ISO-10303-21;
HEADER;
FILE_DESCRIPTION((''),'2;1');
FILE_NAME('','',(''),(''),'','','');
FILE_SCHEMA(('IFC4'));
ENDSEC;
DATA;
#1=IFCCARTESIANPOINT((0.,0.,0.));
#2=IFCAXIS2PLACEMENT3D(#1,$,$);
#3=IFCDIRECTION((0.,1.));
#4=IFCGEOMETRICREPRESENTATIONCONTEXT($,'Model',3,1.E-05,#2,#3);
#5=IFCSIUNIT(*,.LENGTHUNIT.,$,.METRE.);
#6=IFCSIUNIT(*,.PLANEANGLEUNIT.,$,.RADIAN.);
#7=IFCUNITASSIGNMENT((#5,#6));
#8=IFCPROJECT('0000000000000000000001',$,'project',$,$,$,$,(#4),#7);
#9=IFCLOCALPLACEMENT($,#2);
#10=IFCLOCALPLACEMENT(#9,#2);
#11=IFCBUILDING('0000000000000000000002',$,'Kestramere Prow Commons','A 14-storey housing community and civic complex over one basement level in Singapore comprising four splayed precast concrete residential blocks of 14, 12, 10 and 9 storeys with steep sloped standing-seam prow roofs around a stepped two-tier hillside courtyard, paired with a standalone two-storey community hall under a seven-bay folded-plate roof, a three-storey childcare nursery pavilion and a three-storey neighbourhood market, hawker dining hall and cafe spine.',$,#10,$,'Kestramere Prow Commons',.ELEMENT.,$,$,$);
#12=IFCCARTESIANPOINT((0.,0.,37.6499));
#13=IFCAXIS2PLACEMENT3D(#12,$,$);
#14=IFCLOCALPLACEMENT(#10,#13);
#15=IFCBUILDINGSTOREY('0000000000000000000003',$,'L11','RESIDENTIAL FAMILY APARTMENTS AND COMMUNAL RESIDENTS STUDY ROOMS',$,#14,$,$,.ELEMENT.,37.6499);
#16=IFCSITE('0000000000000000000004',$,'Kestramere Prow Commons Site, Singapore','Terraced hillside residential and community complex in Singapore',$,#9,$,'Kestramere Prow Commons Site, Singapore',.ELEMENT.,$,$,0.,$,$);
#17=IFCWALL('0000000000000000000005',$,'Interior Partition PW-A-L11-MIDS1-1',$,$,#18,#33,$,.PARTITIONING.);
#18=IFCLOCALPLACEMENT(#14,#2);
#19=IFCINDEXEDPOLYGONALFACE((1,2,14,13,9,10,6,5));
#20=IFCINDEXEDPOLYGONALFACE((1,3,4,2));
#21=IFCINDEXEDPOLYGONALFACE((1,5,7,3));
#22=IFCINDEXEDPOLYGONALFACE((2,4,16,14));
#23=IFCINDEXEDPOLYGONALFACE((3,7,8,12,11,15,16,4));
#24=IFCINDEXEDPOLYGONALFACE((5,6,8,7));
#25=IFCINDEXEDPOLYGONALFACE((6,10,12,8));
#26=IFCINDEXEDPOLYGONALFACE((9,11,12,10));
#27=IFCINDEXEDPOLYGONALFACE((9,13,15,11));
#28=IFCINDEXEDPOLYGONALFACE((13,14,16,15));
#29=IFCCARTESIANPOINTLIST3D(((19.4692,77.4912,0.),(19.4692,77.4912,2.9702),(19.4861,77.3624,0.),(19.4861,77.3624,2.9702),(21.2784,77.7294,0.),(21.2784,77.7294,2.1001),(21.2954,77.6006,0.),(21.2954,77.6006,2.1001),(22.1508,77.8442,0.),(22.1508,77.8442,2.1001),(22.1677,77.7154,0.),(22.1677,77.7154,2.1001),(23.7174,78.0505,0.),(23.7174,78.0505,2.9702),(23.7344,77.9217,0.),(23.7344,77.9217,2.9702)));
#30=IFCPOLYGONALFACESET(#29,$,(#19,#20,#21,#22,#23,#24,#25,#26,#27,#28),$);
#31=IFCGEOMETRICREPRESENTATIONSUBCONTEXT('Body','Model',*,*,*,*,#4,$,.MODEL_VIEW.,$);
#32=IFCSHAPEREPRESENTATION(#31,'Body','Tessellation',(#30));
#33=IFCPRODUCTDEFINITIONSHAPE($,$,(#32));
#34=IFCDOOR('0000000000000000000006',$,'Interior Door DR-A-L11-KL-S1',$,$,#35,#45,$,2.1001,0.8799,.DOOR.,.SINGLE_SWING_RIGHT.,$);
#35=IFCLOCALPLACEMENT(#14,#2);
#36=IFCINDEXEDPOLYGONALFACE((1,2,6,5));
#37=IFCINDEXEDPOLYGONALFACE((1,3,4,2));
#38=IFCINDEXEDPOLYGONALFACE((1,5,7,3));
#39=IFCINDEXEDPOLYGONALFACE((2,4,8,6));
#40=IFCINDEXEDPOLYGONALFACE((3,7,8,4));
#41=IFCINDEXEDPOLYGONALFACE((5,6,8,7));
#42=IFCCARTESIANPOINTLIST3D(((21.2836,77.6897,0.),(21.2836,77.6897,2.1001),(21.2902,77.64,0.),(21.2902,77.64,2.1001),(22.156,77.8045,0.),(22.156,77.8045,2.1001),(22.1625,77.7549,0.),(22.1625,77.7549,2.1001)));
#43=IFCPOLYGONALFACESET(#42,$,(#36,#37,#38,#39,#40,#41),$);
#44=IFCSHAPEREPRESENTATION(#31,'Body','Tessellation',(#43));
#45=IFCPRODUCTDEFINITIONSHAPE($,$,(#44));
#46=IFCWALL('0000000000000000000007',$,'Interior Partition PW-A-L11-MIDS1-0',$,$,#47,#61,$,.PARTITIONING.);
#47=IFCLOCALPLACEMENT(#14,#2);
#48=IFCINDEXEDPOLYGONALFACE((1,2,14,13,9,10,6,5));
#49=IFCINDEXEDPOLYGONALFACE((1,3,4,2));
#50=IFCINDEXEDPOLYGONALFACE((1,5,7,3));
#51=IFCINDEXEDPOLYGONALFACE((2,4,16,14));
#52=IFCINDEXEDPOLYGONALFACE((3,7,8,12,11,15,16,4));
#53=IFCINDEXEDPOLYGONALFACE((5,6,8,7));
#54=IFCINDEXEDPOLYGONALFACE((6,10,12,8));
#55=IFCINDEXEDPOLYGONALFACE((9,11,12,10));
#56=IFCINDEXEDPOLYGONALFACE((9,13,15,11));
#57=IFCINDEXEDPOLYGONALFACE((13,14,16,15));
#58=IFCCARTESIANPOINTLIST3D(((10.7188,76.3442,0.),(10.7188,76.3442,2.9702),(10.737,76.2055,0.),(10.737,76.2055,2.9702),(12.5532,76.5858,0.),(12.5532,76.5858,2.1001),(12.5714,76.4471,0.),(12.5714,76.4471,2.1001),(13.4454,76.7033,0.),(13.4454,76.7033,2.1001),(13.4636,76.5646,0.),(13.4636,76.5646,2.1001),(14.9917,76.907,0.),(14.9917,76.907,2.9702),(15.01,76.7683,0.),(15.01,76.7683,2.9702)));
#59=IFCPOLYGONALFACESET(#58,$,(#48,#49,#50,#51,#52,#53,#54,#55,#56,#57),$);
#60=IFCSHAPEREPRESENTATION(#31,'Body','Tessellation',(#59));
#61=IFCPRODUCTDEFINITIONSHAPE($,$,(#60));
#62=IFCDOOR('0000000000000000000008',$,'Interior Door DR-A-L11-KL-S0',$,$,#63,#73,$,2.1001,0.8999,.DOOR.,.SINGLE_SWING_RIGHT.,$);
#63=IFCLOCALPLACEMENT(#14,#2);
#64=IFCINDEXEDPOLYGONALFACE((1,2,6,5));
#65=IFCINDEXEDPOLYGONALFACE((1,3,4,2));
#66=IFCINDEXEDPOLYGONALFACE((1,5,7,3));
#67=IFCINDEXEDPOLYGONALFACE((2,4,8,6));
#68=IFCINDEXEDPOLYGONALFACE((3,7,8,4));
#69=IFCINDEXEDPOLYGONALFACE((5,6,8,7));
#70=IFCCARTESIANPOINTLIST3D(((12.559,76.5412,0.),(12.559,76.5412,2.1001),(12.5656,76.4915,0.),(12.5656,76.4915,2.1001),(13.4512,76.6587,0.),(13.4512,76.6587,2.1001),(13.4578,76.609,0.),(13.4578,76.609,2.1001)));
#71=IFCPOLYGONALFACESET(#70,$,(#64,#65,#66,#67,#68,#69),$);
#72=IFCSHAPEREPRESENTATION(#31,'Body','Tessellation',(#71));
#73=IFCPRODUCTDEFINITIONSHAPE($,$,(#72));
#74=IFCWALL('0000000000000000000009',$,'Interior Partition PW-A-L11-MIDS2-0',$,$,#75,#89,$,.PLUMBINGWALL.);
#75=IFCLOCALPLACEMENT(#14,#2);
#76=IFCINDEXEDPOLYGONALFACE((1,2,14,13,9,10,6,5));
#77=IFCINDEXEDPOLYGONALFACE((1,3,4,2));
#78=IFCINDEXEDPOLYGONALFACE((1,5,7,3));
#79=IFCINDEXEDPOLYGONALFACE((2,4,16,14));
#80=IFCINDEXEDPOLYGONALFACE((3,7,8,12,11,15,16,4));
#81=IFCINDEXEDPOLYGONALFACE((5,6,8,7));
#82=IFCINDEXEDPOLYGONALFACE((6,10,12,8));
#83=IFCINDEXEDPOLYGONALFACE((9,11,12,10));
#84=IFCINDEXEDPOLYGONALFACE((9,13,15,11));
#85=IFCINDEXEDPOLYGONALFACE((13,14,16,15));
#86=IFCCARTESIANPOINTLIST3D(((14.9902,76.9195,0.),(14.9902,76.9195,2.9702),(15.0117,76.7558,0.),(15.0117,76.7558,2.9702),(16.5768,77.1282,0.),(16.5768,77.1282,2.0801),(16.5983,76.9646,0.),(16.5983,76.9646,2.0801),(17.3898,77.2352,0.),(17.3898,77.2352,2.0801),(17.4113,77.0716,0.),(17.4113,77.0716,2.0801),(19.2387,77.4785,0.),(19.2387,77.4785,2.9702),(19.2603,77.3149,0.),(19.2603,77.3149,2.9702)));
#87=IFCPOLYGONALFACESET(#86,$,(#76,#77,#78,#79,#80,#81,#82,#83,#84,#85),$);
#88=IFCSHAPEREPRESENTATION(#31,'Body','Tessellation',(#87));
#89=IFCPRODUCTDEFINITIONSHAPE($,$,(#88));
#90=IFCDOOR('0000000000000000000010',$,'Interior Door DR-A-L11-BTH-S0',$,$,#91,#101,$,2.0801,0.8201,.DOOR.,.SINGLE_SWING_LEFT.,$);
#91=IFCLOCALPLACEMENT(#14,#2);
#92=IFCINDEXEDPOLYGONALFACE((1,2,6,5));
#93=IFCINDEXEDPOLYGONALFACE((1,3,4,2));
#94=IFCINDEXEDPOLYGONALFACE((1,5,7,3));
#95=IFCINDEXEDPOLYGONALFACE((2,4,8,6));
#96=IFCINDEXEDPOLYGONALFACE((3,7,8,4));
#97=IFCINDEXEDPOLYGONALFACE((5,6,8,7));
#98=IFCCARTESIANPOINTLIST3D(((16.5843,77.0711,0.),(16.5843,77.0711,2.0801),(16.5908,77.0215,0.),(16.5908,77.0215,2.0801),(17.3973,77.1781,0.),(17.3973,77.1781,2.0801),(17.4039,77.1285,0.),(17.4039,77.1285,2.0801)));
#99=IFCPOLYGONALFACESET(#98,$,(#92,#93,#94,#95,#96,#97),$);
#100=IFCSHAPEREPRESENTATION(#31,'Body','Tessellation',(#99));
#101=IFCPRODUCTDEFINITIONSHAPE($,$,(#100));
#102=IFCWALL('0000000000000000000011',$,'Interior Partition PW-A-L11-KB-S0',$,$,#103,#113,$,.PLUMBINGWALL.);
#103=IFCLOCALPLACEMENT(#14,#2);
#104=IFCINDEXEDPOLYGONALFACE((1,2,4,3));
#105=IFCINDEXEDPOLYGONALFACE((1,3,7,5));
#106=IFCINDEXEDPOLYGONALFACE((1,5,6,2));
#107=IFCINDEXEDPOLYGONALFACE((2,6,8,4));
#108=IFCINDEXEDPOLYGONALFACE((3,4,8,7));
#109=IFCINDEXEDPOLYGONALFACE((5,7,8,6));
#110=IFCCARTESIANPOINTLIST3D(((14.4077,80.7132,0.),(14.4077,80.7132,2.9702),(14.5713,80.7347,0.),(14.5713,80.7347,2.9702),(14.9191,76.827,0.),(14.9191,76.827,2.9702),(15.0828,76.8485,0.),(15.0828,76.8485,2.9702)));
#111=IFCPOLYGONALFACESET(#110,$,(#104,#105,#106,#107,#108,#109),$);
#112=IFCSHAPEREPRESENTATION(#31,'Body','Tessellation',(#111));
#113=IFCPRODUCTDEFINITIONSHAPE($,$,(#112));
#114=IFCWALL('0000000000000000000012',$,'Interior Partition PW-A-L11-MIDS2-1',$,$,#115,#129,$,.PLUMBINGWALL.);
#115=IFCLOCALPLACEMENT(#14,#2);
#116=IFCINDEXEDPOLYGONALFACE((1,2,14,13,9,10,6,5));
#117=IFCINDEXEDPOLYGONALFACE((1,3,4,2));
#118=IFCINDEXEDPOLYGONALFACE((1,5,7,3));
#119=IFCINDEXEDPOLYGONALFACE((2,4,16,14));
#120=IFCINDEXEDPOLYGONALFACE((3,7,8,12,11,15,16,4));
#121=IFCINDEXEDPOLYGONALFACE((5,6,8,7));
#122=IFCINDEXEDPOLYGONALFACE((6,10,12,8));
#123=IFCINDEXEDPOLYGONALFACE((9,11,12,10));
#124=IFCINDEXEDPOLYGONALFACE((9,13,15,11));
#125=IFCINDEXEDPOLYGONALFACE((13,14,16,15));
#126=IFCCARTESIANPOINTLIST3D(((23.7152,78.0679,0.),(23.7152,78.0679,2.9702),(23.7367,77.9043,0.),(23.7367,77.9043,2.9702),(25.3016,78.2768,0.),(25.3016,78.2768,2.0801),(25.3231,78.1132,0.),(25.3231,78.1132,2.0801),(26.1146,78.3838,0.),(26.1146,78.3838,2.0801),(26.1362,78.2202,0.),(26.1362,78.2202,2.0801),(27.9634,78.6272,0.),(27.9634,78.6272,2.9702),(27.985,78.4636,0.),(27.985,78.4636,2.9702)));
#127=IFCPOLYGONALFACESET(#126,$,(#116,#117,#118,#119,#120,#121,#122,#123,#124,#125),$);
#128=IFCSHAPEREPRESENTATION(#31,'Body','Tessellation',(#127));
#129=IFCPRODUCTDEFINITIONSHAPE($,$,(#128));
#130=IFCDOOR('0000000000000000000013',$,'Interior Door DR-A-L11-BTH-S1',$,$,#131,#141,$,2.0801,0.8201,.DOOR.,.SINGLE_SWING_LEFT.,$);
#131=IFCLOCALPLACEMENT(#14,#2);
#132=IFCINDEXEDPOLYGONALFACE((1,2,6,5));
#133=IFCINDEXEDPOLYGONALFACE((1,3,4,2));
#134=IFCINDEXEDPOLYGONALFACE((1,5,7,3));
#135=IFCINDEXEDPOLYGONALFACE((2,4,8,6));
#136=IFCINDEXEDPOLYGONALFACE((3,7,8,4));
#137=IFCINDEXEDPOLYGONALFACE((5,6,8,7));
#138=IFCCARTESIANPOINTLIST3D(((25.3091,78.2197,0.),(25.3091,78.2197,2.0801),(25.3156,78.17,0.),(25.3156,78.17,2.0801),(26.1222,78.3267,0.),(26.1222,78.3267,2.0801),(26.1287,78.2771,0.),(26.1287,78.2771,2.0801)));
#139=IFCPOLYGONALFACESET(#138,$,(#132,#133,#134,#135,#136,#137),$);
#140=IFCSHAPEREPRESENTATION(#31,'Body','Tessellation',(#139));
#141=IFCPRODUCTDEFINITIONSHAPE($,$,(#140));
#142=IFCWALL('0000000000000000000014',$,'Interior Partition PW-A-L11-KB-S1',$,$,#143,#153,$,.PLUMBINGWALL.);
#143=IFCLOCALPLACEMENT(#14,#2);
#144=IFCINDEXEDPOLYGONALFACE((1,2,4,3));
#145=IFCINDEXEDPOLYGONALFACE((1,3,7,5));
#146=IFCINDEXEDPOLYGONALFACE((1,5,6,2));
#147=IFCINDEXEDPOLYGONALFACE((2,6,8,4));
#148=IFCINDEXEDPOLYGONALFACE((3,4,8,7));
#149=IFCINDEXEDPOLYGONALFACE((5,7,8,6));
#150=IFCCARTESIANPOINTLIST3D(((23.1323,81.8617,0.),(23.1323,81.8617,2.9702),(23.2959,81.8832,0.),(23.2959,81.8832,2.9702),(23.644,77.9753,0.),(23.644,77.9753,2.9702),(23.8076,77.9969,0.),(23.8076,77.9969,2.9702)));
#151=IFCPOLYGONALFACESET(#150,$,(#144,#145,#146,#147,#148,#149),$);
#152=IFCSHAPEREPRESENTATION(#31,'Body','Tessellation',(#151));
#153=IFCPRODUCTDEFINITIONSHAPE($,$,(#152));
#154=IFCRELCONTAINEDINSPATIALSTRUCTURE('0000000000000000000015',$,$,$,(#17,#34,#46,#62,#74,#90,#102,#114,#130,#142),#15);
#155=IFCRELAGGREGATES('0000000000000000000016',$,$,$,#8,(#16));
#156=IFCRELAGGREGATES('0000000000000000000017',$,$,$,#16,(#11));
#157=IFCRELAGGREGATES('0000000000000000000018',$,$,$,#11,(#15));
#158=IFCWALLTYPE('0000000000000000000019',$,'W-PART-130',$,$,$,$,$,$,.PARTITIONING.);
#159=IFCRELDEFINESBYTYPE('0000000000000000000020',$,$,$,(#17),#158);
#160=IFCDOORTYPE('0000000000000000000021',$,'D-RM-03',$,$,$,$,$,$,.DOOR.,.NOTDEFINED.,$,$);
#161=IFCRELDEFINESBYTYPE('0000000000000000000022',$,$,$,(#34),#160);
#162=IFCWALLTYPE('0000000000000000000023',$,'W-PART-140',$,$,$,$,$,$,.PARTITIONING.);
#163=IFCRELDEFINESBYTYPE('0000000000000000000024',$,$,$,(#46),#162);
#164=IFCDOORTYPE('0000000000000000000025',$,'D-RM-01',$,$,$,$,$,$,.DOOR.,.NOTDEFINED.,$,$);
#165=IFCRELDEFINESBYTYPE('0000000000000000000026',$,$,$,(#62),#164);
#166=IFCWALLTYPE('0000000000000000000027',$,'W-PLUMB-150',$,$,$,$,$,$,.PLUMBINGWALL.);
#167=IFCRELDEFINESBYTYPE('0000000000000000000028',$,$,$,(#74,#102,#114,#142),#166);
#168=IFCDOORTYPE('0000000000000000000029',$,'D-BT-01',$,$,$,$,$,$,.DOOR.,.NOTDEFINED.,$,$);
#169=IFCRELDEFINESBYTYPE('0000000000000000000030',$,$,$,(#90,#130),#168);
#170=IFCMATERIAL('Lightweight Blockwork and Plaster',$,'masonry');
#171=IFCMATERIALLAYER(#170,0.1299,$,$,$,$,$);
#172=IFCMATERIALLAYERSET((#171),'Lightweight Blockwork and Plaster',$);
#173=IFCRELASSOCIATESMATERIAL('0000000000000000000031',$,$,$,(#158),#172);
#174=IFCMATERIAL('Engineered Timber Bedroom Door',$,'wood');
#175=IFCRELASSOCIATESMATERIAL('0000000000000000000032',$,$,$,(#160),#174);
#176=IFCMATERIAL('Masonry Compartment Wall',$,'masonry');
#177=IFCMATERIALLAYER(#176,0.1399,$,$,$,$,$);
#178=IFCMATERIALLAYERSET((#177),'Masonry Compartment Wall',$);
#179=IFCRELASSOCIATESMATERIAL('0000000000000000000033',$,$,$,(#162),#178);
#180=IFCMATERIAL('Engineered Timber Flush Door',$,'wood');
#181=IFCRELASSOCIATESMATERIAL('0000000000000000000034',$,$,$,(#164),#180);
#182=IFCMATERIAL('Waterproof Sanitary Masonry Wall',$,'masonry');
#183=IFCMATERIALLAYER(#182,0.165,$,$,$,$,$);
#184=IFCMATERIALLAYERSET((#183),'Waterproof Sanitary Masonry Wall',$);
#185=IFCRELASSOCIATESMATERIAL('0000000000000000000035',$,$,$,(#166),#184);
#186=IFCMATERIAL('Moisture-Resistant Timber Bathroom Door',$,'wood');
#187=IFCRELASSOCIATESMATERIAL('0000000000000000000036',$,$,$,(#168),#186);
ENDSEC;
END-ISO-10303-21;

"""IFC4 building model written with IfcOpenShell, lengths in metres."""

from ifc_helpers import new_model, si_unit, direction, frame, frame_2d, origin, place, context, subcontext, project, spatial, rectangle, extrude, material, layer, layer_set, type_object, element, fill, save


model = new_model("IFC4")

# Units and contexts
model_context = context("Model", 3, precision=1e-05, world=origin(), true_north=direction((0.0, 1.0)))
body_context = subcontext(model_context, "Body", "Model", "MODEL_VIEW")
ifc_project = project(units=[si_unit("LENGTHUNIT", "METRE"), si_unit("PLANEANGLEUNIT", "RADIAN")], contexts=[model_context])

# Site, building, storey
site_placement = place(None, origin())
site = spatial("IfcSite", under=ifc_project, at=site_placement, Name="Kestramere Prow Commons Site, Singapore", Description="Terraced hillside residential and community complex in Singapore", LongName="Kestramere Prow Commons Site, Singapore", CompositionType="ELEMENT", RefElevation=0.0)
building_placement = place(site_placement, origin())
building = spatial("IfcBuilding", under=site, at=building_placement, Name="Kestramere Prow Commons", Description="A 14-storey housing community and civic complex over one basement level in Singapore comprising four splayed precast concrete residential blocks of 14, 12, 10 and 9 storeys with steep sloped standing-seam prow roofs around a stepped two-tier hillside courtyard, paired with a standalone two-storey community hall under a seven-bay folded-plate roof, a three-storey childcare nursery pavilion and a three-storey neighbourhood market, hawker dining hall and cafe spine.", LongName="Kestramere Prow Commons", CompositionType="ELEMENT")
storey_placement = place(building_placement, frame((0.0, 0.0, 37.6499)))
storey = spatial("IfcBuildingStorey", under=building, at=storey_placement, Name="L11", Description="RESIDENTIAL FAMILY APARTMENTS AND COMMUNAL RESIDENTS STUDY ROOMS", CompositionType="ELEMENT", Elevation=37.6499)

# Walls, openings, doors
ifc_material_1 = material(Name="Lightweight Blockwork and Plaster", Category="masonry")
ifc_layer_1 = layer(ifc_material_1, 0.1299)
ifc_layer_set_1 = layer_set([ifc_layer_1], Name="Lightweight Blockwork and Plaster")
wall_type_1 = type_object("IfcWallType", Name="W-PART-130", PredefinedType="PARTITIONING", material=ifc_layer_set_1)
wall_1_placement = place(storey_placement, frame((19.4775, 77.4268, 0.0), z_axis=(0.0, 0.0, 1.0), x_axis=(0.991444, 0.130533, 0.0)))
wall_1 = element("IfcWall", 1, at=wall_1_placement, inside=storey, type_object=wall_type_1, Name="Interior Partition PW-A-L11-MIDS1-1", PredefinedType="PARTITIONING", context=body_context, shape_type="SweptSolid", body=[
    extrude(rectangle(XDim=4.2849, YDim=0.1299, at=frame_2d((2.1426, 0.0))), origin(), (0.0, 0.0, 1.0), 2.9702),
])
opening_1_placement = place(wall_1_placement, frame((1.825, 0.0, 0.0)))
opening_1 = element("IfcOpeningElement", 2, at=opening_1_placement, cuts=wall_1, PredefinedType="OPENING", context=body_context, shape_type="SweptSolid", body=[
    extrude(rectangle(XDim=0.8799, YDim=2.1001, at=frame_2d((0.4399, 1.05))), frame((0.0, 0.0798, 0.0), z_axis=(0.0, -1.0, 0.0), x_axis=(1.0, 0.0, 0.0)), (0.0, 0.0, 1.0), 0.1599),
])
ifc_material_2 = material(Name="Engineered Timber Bedroom Door", Category="wood")
door_type_1 = type_object("IfcDoorType", Name="D-RM-03", OperationType="NOTDEFINED", PredefinedType="DOOR", material=ifc_material_2)
door_1_placement = place(opening_1_placement, origin())
door_1 = element("IfcDoor", 3, at=door_1_placement, inside=storey, type_object=door_type_1, Name="Interior Door DR-A-L11-KL-S1", OperationType="SINGLE_SWING_RIGHT", OverallHeight=2.1001, OverallWidth=0.8799, PredefinedType="DOOR", context=body_context, shape_type="SweptSolid", body=[
    extrude(rectangle(XDim=0.8799, YDim=2.1001, at=frame_2d((0.4399, 1.05))), frame((0.0, 0.0249, 0.0), z_axis=(0.0, -1.0, 0.0), x_axis=(1.0, 0.0, 0.0)), (0.0, 0.0, 1.0), 0.05),
])
fill(opening_1, door_1)
ifc_material_3 = material(Name="Masonry Compartment Wall", Category="masonry")
ifc_layer_2 = layer(ifc_material_3, 0.1399)
ifc_layer_set_2 = layer_set([ifc_layer_2], Name="Masonry Compartment Wall")
wall_type_2 = type_object("IfcWallType", Name="W-PART-140", PredefinedType="PARTITIONING", material=ifc_layer_set_2)
wall_2_placement = place(storey_placement, frame((10.728, 76.2749, 0.0), z_axis=(0.0, 0.0, 1.0), x_axis=(0.991439, 0.130572, 0.0)))
wall_2 = element("IfcWall", 4, at=wall_2_placement, inside=storey, type_object=wall_type_2, Name="Interior Partition PW-A-L11-MIDS1-0", PredefinedType="PARTITIONING", context=body_context, shape_type="SweptSolid", body=[
    extrude(rectangle(XDim=4.3098, YDim=0.1399, at=frame_2d((2.1548, 0.0))), origin(), (0.0, 0.0, 1.0), 2.9702),
])
opening_2_placement = place(wall_2_placement, frame((1.8501, 0.0, 0.0)))
opening_2 = element("IfcOpeningElement", 5, at=opening_2_placement, cuts=wall_2, PredefinedType="OPENING", context=body_context, shape_type="SweptSolid", body=[
    extrude(rectangle(XDim=0.8999, YDim=2.1001, at=frame_2d((0.45, 1.05))), frame((0.0, 0.085, 0.0), z_axis=(0.0, -1.0, 0.0), x_axis=(1.0, 0.0, 0.0)), (0.0, 0.0, 1.0), 0.1699),
])
ifc_material_4 = material(Name="Engineered Timber Flush Door", Category="wood")
door_type_2 = type_object("IfcDoorType", Name="D-RM-01", OperationType="NOTDEFINED", PredefinedType="DOOR", material=ifc_material_4)
door_2_placement = place(opening_2_placement, origin())
door_2 = element("IfcDoor", 6, at=door_2_placement, inside=storey, type_object=door_type_2, Name="Interior Door DR-A-L11-KL-S0", OperationType="SINGLE_SWING_RIGHT", OverallHeight=2.1001, OverallWidth=0.8999, PredefinedType="DOOR", context=body_context, shape_type="SweptSolid", body=[
    extrude(rectangle(XDim=0.8999, YDim=2.1001, at=frame_2d((0.45, 1.05))), frame((0.0, 0.0249, 0.0), z_axis=(0.0, -1.0, 0.0), x_axis=(1.0, 0.0, 0.0)), (0.0, 0.0, 1.0), 0.05),
])
fill(opening_2, door_2)
ifc_material_5 = material(Name="Waterproof Sanitary Masonry Wall", Category="masonry")
ifc_layer_3 = layer(ifc_material_5, 0.165)
ifc_layer_set_3 = layer_set([ifc_layer_3], Name="Waterproof Sanitary Masonry Wall")
wall_type_3 = type_object("IfcWallType", Name="W-PLUMB-150", PredefinedType="PLUMBINGWALL", material=ifc_layer_set_3)
wall_3_placement = place(storey_placement, frame((15.001, 76.8376, 0.0), z_axis=(0.0, 0.0, 1.0), x_axis=(0.991452, 0.130469, 0.0)))
wall_3 = element("IfcWall", 7, at=wall_3_placement, inside=storey, type_object=wall_type_3, Name="Interior Partition PW-A-L11-MIDS2-0", PredefinedType="PLUMBINGWALL", context=body_context, shape_type="SweptSolid", body=[
    extrude(rectangle(XDim=4.2852, YDim=0.165, at=frame_2d((2.1426, 0.0))), origin(), (0.0, 0.0, 1.0), 2.9702),
])
opening_3_placement = place(wall_3_placement, frame((1.6001, 0.0, 0.0)))
opening_3 = element("IfcOpeningElement", 8, at=opening_3_placement, cuts=wall_3, PredefinedType="OPENING", context=body_context, shape_type="SweptSolid", body=[
    extrude(rectangle(XDim=0.8201, YDim=2.0801, at=frame_2d((0.4102, 1.04))), frame((0.0, 0.0974, 0.0), z_axis=(0.0, -1.0, 0.0), x_axis=(1.0, 0.0, 0.0)), (0.0, 0.0, 1.0), 0.1951),
])
ifc_material_6 = material(Name="Moisture-Resistant Timber Bathroom Door", Category="wood")
door_type_3 = type_object("IfcDoorType", Name="D-BT-01", OperationType="NOTDEFINED", PredefinedType="DOOR", material=ifc_material_6)
door_3_placement = place(opening_3_placement, origin())
door_3 = element("IfcDoor", 9, at=door_3_placement, inside=storey, type_object=door_type_3, Name="Interior Door DR-A-L11-BTH-S0", OperationType="SINGLE_SWING_LEFT", OverallHeight=2.0801, OverallWidth=0.8201, PredefinedType="DOOR", context=body_context, shape_type="SweptSolid", body=[
    extrude(rectangle(XDim=0.8201, YDim=2.0801, at=frame_2d((0.4102, 1.04))), frame((0.0, 0.0249, 0.0), z_axis=(0.0, -1.0, 0.0), x_axis=(1.0, 0.0, 0.0)), (0.0, 0.0, 1.0), 0.05),
])
fill(opening_3, door_3)

# Wall
wall_4_placement = place(storey_placement, frame((15.001, 76.8376, 0.0), z_axis=(0.0, 0.0, 1.0), x_axis=(-0.130487, 0.99145, 0.0)))
element("IfcWall", 10, at=wall_4_placement, inside=storey, type_object=wall_type_3, Name="Interior Partition PW-A-L11-KB-S0", PredefinedType="PLUMBINGWALL", context=body_context, shape_type="SweptSolid", body=[
    extrude(rectangle(XDim=3.9197, YDim=0.165, at=frame_2d((1.96, 0.0))), origin(), (0.0, 0.0, 1.0), 2.9702),
])

# Wall, opening, door
wall_5_placement = place(storey_placement, frame((23.7258, 77.9861, 0.0), z_axis=(0.0, 0.0, 1.0), x_axis=(0.991444, 0.130533, 0.0)))
wall_5 = element("IfcWall", 11, at=wall_5_placement, inside=storey, type_object=wall_type_3, Name="Interior Partition PW-A-L11-MIDS2-1", PredefinedType="PLUMBINGWALL", context=body_context, shape_type="SweptSolid", body=[
    extrude(rectangle(XDim=4.2849, YDim=0.165, at=frame_2d((2.1426, 0.0))), origin(), (0.0, 0.0, 1.0), 2.9702),
])
opening_4_placement = place(wall_5_placement, frame((1.6001, 0.0, 0.0)))
opening_4 = element("IfcOpeningElement", 12, at=opening_4_placement, cuts=wall_5, PredefinedType="OPENING", context=body_context, shape_type="SweptSolid", body=[
    extrude(rectangle(XDim=0.8201, YDim=2.0801, at=frame_2d((0.4102, 1.04))), frame((0.0, 0.0974, 0.0), z_axis=(0.0, -1.0, 0.0), x_axis=(1.0, 0.0, 0.0)), (0.0, 0.0, 1.0), 0.1951),
])
door_4_placement = place(opening_4_placement, origin())
door_4 = element("IfcDoor", 13, at=door_4_placement, inside=storey, type_object=door_type_3, Name="Interior Door DR-A-L11-BTH-S1", OperationType="SINGLE_SWING_LEFT", OverallHeight=2.0801, OverallWidth=0.8201, PredefinedType="DOOR", context=body_context, shape_type="SweptSolid", body=[
    extrude(rectangle(XDim=0.8201, YDim=2.0801, at=frame_2d((0.4102, 1.04))), frame((0.0, 0.0249, 0.0), z_axis=(0.0, -1.0, 0.0), x_axis=(1.0, 0.0, 0.0)), (0.0, 0.0, 1.0), 0.05),
])
fill(opening_4, door_4)

# Wall
wall_6_placement = place(storey_placement, frame((23.7258, 77.9861, 0.0), z_axis=(0.0, 0.0, 1.0), x_axis=(-0.13054, 0.991443, 0.0)))
element("IfcWall", 14, at=wall_6_placement, inside=storey, type_object=wall_type_3, Name="Interior Partition PW-A-L11-KB-S1", PredefinedType="PLUMBINGWALL", context=body_context, shape_type="SweptSolid", body=[
    extrude(rectangle(XDim=3.9199, YDim=0.165, at=frame_2d((1.96, 0.0))), origin(), (0.0, 0.0, 1.0), 2.9702),
])

save(model, "model.ifc")
